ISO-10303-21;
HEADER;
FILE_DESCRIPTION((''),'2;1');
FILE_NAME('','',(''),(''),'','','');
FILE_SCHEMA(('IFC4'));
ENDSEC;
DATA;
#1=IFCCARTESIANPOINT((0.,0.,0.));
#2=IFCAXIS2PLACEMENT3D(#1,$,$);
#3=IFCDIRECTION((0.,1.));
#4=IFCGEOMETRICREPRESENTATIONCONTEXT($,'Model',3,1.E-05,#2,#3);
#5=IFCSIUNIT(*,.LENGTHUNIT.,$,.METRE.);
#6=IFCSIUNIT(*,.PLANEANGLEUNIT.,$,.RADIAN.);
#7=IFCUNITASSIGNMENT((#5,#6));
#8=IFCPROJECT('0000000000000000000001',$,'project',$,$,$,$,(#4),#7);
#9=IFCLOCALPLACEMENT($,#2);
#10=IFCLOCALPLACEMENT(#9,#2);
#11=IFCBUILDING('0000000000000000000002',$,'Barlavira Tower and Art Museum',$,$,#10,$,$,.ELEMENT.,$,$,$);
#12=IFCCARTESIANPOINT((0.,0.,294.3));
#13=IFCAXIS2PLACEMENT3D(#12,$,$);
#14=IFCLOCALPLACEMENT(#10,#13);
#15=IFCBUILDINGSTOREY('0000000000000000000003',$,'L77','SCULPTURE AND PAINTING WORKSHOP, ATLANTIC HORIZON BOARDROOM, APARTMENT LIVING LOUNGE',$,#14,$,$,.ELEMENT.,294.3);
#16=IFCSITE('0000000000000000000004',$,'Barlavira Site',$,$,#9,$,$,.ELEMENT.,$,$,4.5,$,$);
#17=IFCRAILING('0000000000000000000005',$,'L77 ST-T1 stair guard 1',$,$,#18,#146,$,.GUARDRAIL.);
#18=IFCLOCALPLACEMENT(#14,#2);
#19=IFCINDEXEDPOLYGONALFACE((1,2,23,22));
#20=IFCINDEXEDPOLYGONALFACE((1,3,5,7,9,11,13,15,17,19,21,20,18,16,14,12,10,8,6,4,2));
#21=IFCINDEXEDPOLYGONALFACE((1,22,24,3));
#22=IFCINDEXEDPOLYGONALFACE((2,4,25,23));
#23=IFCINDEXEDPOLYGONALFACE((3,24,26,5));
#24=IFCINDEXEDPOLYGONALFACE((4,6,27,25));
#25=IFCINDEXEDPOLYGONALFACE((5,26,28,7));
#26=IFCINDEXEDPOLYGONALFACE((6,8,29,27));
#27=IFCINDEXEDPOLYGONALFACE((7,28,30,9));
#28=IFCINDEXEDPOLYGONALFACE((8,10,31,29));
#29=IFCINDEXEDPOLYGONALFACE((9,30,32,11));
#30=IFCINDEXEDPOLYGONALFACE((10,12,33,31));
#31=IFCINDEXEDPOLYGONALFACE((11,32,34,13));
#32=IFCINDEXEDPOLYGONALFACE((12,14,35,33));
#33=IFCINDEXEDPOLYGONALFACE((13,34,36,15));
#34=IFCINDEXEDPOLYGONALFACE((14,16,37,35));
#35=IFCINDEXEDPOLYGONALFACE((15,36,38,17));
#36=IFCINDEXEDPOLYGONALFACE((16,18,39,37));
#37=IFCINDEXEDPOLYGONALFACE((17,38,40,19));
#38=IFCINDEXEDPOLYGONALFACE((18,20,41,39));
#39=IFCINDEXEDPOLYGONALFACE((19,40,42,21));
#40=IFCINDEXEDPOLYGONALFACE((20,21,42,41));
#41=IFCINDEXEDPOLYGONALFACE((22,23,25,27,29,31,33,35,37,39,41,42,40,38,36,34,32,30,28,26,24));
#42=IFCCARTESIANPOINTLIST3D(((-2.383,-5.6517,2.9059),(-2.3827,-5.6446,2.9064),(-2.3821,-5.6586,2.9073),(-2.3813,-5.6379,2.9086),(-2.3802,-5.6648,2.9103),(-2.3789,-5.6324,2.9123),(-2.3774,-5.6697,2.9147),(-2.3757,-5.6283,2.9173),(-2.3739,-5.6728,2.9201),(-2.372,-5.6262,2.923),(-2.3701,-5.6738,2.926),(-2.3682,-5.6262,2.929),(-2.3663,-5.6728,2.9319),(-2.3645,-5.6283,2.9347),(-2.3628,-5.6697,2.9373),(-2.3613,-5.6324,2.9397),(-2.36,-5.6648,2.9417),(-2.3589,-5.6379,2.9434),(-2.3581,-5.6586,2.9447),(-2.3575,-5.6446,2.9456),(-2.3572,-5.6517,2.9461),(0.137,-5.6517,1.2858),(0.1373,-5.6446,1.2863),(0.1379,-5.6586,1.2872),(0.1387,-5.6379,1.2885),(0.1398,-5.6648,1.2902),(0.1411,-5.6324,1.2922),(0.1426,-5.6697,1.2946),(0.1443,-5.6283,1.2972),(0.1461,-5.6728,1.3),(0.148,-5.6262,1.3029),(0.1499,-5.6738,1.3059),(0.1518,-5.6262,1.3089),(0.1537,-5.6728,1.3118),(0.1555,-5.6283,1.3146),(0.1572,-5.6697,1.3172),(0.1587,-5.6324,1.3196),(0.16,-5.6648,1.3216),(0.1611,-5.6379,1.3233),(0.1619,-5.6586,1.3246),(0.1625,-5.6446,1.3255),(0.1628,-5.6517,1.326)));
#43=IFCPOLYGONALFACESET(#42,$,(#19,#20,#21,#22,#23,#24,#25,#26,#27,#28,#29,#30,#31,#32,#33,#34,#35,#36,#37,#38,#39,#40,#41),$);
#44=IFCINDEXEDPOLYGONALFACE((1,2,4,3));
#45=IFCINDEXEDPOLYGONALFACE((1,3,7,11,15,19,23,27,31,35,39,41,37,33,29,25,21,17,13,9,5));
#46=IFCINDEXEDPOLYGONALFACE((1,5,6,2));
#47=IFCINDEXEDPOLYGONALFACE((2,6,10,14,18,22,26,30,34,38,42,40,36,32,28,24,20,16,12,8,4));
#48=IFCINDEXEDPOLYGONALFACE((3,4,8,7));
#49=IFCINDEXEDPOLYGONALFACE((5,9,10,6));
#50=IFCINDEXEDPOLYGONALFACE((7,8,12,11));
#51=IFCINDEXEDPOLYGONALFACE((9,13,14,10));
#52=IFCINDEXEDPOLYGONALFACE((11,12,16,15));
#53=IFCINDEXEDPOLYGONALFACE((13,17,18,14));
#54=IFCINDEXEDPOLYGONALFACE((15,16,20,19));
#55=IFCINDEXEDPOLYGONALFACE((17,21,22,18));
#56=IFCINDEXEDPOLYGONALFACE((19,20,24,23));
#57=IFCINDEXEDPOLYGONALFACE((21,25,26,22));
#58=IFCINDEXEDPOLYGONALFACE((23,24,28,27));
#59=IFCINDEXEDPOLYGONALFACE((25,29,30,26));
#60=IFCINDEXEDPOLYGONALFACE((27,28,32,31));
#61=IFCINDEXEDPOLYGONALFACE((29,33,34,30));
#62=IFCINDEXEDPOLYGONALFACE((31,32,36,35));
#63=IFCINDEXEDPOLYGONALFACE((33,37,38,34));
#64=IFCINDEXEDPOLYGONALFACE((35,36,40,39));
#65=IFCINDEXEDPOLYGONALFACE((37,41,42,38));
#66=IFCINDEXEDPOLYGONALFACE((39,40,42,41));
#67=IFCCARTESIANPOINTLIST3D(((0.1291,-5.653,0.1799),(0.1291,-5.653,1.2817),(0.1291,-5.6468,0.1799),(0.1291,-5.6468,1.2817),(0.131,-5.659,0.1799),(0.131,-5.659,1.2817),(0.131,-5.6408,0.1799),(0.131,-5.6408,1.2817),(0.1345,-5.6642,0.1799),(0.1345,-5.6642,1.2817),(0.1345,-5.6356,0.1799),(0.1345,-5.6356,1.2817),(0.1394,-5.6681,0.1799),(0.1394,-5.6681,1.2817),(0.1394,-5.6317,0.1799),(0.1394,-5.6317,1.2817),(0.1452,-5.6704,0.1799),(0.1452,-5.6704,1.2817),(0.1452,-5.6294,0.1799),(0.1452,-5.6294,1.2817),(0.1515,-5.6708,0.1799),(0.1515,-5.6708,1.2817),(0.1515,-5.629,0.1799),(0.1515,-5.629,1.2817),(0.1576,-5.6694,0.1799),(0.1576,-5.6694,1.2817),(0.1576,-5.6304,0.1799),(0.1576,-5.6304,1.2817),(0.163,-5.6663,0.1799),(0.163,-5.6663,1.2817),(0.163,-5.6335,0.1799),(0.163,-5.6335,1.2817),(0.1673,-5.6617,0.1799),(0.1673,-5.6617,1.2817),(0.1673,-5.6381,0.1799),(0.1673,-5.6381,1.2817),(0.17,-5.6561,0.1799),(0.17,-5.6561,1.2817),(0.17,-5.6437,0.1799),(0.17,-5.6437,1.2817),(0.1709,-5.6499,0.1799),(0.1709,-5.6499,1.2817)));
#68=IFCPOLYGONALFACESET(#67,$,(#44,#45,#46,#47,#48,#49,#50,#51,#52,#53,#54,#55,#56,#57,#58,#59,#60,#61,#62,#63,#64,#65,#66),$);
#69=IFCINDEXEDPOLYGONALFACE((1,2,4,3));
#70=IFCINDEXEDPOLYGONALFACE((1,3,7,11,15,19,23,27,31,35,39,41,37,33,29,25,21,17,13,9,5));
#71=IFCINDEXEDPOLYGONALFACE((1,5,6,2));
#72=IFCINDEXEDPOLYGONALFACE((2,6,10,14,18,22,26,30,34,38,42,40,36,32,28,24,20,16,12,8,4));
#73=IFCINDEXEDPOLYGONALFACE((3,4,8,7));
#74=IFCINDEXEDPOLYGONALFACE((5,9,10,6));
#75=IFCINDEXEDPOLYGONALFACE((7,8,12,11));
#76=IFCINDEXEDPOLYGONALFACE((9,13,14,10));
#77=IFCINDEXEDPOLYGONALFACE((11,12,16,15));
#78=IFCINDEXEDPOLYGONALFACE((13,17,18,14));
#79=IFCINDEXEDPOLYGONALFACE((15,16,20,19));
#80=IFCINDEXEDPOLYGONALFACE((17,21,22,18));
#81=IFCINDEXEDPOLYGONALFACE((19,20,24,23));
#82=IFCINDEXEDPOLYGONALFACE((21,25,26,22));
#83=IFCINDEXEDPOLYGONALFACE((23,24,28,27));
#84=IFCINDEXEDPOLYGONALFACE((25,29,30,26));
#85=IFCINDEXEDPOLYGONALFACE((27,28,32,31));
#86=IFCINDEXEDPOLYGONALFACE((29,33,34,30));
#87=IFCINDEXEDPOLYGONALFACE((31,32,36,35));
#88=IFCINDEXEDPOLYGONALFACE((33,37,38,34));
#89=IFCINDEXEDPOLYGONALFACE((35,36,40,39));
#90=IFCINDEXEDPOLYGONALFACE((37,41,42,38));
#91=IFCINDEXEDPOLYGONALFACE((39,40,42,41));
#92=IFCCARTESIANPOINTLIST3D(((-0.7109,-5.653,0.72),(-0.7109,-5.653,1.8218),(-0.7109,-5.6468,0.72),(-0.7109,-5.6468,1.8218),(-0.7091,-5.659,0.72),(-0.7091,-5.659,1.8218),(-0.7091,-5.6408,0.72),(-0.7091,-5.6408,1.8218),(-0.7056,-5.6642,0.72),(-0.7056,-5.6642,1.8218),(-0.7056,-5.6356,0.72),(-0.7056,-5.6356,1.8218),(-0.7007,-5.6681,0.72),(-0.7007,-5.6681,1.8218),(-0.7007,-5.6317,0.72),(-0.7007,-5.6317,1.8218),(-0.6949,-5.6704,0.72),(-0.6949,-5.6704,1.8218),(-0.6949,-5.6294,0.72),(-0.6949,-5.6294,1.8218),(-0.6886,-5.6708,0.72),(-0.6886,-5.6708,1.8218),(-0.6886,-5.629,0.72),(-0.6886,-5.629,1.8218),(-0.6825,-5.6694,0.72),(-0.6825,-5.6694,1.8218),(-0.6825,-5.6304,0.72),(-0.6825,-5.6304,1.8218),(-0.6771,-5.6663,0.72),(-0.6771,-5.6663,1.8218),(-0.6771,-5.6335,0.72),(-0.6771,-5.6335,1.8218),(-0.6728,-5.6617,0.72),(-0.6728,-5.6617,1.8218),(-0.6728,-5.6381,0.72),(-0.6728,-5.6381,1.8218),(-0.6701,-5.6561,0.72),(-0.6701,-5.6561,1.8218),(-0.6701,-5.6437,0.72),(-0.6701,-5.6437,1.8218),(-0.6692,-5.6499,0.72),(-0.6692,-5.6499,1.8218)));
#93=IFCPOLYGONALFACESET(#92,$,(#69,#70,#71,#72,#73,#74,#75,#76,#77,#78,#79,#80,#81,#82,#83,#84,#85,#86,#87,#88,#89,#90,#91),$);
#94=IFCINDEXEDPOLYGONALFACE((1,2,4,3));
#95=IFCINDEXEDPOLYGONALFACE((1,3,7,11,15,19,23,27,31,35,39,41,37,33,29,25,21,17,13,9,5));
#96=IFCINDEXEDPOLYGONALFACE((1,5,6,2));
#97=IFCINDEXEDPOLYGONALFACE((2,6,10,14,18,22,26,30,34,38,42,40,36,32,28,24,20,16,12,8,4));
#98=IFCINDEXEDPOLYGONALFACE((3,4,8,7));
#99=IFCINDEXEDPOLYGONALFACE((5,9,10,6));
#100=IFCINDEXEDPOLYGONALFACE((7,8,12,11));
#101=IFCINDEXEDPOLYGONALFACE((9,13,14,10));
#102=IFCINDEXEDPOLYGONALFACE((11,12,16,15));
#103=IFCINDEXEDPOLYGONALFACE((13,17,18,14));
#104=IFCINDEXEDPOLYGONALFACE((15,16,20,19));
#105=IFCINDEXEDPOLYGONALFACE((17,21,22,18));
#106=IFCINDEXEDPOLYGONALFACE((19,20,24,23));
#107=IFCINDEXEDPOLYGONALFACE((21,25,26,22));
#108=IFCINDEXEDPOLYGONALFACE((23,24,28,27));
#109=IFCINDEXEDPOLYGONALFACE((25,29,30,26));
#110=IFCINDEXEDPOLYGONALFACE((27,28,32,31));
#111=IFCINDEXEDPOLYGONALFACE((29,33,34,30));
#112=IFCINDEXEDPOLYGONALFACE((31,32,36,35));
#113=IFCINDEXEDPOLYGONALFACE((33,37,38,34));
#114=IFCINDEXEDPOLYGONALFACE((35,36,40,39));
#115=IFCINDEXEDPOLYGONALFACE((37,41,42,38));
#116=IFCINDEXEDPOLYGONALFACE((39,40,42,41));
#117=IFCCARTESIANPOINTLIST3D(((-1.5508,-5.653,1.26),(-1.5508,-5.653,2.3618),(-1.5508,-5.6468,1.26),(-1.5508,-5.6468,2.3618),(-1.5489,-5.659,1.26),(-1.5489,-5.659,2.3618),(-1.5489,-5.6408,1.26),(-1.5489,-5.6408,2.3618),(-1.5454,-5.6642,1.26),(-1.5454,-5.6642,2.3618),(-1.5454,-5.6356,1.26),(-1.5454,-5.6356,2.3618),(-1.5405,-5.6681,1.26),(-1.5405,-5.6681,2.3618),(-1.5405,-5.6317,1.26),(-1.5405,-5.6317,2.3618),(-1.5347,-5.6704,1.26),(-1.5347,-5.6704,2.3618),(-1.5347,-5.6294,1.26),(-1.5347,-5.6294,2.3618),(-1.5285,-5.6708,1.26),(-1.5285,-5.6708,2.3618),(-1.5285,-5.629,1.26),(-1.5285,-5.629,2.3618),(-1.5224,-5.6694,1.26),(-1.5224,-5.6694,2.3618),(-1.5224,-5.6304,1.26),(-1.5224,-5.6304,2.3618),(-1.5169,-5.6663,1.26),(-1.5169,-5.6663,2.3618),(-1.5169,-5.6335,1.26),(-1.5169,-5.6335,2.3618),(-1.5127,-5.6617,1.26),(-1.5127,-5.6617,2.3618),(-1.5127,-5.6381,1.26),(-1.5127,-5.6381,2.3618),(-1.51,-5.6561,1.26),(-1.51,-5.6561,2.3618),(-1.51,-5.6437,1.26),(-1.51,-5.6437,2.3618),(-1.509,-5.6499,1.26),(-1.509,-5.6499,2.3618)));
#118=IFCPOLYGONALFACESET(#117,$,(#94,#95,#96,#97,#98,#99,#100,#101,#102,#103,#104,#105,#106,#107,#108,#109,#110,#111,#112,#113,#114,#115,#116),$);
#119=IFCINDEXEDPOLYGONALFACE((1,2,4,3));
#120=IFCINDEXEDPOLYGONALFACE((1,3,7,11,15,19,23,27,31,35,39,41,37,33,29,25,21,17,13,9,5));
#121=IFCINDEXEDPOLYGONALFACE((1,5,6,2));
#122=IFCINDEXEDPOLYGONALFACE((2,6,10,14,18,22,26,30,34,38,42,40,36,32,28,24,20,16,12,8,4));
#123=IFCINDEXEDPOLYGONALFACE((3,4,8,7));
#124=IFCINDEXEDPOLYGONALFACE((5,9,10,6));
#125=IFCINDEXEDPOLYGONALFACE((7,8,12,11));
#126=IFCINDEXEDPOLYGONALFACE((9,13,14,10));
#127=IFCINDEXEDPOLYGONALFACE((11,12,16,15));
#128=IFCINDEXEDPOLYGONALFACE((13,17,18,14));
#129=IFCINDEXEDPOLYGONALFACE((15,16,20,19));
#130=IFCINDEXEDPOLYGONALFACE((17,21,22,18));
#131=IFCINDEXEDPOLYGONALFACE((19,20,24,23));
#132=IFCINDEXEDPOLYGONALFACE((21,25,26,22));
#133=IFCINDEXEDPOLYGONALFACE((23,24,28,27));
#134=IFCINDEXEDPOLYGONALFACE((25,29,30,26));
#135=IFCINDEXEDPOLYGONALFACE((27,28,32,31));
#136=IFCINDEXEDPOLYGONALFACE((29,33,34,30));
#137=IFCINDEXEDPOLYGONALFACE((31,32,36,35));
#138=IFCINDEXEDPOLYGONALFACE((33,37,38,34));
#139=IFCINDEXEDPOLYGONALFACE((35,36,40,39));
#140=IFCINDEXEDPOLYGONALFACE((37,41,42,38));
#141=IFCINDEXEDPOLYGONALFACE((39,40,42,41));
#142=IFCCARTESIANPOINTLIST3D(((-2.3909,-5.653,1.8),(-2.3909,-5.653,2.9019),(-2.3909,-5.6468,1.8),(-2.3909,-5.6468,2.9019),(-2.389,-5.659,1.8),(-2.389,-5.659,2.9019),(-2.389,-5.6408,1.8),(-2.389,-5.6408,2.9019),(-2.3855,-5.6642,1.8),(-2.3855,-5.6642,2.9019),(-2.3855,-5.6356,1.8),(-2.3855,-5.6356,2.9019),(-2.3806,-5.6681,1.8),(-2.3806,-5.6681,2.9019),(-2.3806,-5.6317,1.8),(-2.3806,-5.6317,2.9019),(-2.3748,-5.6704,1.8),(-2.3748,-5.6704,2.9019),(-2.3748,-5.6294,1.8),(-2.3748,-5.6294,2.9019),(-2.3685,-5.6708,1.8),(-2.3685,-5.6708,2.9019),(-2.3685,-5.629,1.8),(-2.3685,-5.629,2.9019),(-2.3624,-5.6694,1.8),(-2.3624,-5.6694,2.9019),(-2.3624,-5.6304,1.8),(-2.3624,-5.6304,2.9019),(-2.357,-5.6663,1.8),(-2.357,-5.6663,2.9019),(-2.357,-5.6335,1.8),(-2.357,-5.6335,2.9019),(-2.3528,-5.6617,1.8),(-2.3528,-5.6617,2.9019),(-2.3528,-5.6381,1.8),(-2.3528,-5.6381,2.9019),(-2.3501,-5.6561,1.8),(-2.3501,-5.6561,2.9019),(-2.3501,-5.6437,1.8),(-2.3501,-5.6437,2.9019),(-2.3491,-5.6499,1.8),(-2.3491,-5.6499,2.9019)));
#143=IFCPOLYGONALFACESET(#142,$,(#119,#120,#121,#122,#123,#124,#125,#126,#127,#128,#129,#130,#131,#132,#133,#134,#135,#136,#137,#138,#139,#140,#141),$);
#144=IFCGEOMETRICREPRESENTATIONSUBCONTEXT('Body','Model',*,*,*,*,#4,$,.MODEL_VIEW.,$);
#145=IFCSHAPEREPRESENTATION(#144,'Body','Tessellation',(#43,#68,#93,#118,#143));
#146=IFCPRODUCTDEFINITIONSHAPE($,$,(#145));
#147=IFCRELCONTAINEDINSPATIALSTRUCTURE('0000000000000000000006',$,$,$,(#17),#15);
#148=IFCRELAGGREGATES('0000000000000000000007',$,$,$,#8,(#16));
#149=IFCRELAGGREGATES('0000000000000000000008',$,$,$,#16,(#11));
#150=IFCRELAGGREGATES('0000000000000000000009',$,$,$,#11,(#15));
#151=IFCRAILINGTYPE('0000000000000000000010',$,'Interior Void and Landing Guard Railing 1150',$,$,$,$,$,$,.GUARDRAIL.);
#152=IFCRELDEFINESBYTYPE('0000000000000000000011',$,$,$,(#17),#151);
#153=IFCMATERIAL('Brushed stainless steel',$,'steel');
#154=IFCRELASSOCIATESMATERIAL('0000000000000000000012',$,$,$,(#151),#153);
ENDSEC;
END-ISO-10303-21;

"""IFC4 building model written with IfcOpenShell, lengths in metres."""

from ifc_helpers import new_model, si_unit, direction, frame, origin, origin_2d, place, context, subcontext, project, spatial, circle, extrude, material, type_object, element, save


model = new_model("IFC4")

# Units and contexts
model_context = context("Model", 3, precision=1e-05, world=origin(), true_north=direction((0.0, 1.0)))
body_context = subcontext(model_context, "Body", "Model", "MODEL_VIEW")
ifc_project = project(units=[si_unit("LENGTHUNIT", "METRE"), si_unit("PLANEANGLEUNIT", "RADIAN")], contexts=[model_context])

# Site, building, storey
site_placement = place(None, origin())
site = spatial("IfcSite", under=ifc_project, at=site_placement, Name="Barlavira Site", CompositionType="ELEMENT", RefElevation=4.5)
building_placement = place(site_placement, origin())
building = spatial("IfcBuilding", under=site, at=building_placement, Name="Barlavira Tower and Art Museum", CompositionType="ELEMENT")
storey_placement = place(building_placement, frame((0.0, 0.0, 294.3)))
storey = spatial("IfcBuildingStorey", under=building, at=storey_placement, Name="L77", Description="SCULPTURE AND PAINTING WORKSHOP, ATLANTIC HORIZON BOARDROOM, APARTMENT LIVING LOUNGE", CompositionType="ELEMENT", Elevation=294.3)

# Shared definitions
ifc_material_1 = material(Name="Brushed stainless steel", Category="steel")

# Railing
railing_type_1 = type_object("IfcRailingType", Name="Interior Void and Landing Guard Railing 1150", PredefinedType="GUARDRAIL", material=ifc_material_1)
railing_1_placement = place(storey_placement, frame((0.1499, -5.6499, 0.1799)))
element("IfcRailing", 1, at=railing_1_placement, inside=storey, type_object=railing_type_1, Name="L77 ST-T1 stair guard 1", PredefinedType="GUARDRAIL", context=body_context, shape_type="SweptSolid", body=[
    extrude(circle(Radius=0.0239, at=origin_2d()), frame((0.0, 0.0, 1.126), z_axis=(-0.841163, 0.0, 0.540782), x_axis=(0.0, -1.0, 0.0)), (0.0, 0.0, 1.0), 2.9958),
    extrude(circle(Radius=0.021, at=origin_2d()), origin(), (0.0, 0.0, 1.0), 1.1018),
    extrude(circle(Radius=0.021, at=origin_2d()), frame((-0.8401, 0.0, 0.54)), (0.0, 0.0, 1.0), 1.1018),
    extrude(circle(Radius=0.021, at=origin_2d()), frame((-1.6799, 0.0, 1.0801)), (0.0, 0.0, 1.0), 1.1018),
    extrude(circle(Radius=0.021, at=origin_2d()), frame((-2.52, 0.0, 1.6201)), (0.0, 0.0, 1.0), 1.1018),
])

save(model, "model.ifc")
